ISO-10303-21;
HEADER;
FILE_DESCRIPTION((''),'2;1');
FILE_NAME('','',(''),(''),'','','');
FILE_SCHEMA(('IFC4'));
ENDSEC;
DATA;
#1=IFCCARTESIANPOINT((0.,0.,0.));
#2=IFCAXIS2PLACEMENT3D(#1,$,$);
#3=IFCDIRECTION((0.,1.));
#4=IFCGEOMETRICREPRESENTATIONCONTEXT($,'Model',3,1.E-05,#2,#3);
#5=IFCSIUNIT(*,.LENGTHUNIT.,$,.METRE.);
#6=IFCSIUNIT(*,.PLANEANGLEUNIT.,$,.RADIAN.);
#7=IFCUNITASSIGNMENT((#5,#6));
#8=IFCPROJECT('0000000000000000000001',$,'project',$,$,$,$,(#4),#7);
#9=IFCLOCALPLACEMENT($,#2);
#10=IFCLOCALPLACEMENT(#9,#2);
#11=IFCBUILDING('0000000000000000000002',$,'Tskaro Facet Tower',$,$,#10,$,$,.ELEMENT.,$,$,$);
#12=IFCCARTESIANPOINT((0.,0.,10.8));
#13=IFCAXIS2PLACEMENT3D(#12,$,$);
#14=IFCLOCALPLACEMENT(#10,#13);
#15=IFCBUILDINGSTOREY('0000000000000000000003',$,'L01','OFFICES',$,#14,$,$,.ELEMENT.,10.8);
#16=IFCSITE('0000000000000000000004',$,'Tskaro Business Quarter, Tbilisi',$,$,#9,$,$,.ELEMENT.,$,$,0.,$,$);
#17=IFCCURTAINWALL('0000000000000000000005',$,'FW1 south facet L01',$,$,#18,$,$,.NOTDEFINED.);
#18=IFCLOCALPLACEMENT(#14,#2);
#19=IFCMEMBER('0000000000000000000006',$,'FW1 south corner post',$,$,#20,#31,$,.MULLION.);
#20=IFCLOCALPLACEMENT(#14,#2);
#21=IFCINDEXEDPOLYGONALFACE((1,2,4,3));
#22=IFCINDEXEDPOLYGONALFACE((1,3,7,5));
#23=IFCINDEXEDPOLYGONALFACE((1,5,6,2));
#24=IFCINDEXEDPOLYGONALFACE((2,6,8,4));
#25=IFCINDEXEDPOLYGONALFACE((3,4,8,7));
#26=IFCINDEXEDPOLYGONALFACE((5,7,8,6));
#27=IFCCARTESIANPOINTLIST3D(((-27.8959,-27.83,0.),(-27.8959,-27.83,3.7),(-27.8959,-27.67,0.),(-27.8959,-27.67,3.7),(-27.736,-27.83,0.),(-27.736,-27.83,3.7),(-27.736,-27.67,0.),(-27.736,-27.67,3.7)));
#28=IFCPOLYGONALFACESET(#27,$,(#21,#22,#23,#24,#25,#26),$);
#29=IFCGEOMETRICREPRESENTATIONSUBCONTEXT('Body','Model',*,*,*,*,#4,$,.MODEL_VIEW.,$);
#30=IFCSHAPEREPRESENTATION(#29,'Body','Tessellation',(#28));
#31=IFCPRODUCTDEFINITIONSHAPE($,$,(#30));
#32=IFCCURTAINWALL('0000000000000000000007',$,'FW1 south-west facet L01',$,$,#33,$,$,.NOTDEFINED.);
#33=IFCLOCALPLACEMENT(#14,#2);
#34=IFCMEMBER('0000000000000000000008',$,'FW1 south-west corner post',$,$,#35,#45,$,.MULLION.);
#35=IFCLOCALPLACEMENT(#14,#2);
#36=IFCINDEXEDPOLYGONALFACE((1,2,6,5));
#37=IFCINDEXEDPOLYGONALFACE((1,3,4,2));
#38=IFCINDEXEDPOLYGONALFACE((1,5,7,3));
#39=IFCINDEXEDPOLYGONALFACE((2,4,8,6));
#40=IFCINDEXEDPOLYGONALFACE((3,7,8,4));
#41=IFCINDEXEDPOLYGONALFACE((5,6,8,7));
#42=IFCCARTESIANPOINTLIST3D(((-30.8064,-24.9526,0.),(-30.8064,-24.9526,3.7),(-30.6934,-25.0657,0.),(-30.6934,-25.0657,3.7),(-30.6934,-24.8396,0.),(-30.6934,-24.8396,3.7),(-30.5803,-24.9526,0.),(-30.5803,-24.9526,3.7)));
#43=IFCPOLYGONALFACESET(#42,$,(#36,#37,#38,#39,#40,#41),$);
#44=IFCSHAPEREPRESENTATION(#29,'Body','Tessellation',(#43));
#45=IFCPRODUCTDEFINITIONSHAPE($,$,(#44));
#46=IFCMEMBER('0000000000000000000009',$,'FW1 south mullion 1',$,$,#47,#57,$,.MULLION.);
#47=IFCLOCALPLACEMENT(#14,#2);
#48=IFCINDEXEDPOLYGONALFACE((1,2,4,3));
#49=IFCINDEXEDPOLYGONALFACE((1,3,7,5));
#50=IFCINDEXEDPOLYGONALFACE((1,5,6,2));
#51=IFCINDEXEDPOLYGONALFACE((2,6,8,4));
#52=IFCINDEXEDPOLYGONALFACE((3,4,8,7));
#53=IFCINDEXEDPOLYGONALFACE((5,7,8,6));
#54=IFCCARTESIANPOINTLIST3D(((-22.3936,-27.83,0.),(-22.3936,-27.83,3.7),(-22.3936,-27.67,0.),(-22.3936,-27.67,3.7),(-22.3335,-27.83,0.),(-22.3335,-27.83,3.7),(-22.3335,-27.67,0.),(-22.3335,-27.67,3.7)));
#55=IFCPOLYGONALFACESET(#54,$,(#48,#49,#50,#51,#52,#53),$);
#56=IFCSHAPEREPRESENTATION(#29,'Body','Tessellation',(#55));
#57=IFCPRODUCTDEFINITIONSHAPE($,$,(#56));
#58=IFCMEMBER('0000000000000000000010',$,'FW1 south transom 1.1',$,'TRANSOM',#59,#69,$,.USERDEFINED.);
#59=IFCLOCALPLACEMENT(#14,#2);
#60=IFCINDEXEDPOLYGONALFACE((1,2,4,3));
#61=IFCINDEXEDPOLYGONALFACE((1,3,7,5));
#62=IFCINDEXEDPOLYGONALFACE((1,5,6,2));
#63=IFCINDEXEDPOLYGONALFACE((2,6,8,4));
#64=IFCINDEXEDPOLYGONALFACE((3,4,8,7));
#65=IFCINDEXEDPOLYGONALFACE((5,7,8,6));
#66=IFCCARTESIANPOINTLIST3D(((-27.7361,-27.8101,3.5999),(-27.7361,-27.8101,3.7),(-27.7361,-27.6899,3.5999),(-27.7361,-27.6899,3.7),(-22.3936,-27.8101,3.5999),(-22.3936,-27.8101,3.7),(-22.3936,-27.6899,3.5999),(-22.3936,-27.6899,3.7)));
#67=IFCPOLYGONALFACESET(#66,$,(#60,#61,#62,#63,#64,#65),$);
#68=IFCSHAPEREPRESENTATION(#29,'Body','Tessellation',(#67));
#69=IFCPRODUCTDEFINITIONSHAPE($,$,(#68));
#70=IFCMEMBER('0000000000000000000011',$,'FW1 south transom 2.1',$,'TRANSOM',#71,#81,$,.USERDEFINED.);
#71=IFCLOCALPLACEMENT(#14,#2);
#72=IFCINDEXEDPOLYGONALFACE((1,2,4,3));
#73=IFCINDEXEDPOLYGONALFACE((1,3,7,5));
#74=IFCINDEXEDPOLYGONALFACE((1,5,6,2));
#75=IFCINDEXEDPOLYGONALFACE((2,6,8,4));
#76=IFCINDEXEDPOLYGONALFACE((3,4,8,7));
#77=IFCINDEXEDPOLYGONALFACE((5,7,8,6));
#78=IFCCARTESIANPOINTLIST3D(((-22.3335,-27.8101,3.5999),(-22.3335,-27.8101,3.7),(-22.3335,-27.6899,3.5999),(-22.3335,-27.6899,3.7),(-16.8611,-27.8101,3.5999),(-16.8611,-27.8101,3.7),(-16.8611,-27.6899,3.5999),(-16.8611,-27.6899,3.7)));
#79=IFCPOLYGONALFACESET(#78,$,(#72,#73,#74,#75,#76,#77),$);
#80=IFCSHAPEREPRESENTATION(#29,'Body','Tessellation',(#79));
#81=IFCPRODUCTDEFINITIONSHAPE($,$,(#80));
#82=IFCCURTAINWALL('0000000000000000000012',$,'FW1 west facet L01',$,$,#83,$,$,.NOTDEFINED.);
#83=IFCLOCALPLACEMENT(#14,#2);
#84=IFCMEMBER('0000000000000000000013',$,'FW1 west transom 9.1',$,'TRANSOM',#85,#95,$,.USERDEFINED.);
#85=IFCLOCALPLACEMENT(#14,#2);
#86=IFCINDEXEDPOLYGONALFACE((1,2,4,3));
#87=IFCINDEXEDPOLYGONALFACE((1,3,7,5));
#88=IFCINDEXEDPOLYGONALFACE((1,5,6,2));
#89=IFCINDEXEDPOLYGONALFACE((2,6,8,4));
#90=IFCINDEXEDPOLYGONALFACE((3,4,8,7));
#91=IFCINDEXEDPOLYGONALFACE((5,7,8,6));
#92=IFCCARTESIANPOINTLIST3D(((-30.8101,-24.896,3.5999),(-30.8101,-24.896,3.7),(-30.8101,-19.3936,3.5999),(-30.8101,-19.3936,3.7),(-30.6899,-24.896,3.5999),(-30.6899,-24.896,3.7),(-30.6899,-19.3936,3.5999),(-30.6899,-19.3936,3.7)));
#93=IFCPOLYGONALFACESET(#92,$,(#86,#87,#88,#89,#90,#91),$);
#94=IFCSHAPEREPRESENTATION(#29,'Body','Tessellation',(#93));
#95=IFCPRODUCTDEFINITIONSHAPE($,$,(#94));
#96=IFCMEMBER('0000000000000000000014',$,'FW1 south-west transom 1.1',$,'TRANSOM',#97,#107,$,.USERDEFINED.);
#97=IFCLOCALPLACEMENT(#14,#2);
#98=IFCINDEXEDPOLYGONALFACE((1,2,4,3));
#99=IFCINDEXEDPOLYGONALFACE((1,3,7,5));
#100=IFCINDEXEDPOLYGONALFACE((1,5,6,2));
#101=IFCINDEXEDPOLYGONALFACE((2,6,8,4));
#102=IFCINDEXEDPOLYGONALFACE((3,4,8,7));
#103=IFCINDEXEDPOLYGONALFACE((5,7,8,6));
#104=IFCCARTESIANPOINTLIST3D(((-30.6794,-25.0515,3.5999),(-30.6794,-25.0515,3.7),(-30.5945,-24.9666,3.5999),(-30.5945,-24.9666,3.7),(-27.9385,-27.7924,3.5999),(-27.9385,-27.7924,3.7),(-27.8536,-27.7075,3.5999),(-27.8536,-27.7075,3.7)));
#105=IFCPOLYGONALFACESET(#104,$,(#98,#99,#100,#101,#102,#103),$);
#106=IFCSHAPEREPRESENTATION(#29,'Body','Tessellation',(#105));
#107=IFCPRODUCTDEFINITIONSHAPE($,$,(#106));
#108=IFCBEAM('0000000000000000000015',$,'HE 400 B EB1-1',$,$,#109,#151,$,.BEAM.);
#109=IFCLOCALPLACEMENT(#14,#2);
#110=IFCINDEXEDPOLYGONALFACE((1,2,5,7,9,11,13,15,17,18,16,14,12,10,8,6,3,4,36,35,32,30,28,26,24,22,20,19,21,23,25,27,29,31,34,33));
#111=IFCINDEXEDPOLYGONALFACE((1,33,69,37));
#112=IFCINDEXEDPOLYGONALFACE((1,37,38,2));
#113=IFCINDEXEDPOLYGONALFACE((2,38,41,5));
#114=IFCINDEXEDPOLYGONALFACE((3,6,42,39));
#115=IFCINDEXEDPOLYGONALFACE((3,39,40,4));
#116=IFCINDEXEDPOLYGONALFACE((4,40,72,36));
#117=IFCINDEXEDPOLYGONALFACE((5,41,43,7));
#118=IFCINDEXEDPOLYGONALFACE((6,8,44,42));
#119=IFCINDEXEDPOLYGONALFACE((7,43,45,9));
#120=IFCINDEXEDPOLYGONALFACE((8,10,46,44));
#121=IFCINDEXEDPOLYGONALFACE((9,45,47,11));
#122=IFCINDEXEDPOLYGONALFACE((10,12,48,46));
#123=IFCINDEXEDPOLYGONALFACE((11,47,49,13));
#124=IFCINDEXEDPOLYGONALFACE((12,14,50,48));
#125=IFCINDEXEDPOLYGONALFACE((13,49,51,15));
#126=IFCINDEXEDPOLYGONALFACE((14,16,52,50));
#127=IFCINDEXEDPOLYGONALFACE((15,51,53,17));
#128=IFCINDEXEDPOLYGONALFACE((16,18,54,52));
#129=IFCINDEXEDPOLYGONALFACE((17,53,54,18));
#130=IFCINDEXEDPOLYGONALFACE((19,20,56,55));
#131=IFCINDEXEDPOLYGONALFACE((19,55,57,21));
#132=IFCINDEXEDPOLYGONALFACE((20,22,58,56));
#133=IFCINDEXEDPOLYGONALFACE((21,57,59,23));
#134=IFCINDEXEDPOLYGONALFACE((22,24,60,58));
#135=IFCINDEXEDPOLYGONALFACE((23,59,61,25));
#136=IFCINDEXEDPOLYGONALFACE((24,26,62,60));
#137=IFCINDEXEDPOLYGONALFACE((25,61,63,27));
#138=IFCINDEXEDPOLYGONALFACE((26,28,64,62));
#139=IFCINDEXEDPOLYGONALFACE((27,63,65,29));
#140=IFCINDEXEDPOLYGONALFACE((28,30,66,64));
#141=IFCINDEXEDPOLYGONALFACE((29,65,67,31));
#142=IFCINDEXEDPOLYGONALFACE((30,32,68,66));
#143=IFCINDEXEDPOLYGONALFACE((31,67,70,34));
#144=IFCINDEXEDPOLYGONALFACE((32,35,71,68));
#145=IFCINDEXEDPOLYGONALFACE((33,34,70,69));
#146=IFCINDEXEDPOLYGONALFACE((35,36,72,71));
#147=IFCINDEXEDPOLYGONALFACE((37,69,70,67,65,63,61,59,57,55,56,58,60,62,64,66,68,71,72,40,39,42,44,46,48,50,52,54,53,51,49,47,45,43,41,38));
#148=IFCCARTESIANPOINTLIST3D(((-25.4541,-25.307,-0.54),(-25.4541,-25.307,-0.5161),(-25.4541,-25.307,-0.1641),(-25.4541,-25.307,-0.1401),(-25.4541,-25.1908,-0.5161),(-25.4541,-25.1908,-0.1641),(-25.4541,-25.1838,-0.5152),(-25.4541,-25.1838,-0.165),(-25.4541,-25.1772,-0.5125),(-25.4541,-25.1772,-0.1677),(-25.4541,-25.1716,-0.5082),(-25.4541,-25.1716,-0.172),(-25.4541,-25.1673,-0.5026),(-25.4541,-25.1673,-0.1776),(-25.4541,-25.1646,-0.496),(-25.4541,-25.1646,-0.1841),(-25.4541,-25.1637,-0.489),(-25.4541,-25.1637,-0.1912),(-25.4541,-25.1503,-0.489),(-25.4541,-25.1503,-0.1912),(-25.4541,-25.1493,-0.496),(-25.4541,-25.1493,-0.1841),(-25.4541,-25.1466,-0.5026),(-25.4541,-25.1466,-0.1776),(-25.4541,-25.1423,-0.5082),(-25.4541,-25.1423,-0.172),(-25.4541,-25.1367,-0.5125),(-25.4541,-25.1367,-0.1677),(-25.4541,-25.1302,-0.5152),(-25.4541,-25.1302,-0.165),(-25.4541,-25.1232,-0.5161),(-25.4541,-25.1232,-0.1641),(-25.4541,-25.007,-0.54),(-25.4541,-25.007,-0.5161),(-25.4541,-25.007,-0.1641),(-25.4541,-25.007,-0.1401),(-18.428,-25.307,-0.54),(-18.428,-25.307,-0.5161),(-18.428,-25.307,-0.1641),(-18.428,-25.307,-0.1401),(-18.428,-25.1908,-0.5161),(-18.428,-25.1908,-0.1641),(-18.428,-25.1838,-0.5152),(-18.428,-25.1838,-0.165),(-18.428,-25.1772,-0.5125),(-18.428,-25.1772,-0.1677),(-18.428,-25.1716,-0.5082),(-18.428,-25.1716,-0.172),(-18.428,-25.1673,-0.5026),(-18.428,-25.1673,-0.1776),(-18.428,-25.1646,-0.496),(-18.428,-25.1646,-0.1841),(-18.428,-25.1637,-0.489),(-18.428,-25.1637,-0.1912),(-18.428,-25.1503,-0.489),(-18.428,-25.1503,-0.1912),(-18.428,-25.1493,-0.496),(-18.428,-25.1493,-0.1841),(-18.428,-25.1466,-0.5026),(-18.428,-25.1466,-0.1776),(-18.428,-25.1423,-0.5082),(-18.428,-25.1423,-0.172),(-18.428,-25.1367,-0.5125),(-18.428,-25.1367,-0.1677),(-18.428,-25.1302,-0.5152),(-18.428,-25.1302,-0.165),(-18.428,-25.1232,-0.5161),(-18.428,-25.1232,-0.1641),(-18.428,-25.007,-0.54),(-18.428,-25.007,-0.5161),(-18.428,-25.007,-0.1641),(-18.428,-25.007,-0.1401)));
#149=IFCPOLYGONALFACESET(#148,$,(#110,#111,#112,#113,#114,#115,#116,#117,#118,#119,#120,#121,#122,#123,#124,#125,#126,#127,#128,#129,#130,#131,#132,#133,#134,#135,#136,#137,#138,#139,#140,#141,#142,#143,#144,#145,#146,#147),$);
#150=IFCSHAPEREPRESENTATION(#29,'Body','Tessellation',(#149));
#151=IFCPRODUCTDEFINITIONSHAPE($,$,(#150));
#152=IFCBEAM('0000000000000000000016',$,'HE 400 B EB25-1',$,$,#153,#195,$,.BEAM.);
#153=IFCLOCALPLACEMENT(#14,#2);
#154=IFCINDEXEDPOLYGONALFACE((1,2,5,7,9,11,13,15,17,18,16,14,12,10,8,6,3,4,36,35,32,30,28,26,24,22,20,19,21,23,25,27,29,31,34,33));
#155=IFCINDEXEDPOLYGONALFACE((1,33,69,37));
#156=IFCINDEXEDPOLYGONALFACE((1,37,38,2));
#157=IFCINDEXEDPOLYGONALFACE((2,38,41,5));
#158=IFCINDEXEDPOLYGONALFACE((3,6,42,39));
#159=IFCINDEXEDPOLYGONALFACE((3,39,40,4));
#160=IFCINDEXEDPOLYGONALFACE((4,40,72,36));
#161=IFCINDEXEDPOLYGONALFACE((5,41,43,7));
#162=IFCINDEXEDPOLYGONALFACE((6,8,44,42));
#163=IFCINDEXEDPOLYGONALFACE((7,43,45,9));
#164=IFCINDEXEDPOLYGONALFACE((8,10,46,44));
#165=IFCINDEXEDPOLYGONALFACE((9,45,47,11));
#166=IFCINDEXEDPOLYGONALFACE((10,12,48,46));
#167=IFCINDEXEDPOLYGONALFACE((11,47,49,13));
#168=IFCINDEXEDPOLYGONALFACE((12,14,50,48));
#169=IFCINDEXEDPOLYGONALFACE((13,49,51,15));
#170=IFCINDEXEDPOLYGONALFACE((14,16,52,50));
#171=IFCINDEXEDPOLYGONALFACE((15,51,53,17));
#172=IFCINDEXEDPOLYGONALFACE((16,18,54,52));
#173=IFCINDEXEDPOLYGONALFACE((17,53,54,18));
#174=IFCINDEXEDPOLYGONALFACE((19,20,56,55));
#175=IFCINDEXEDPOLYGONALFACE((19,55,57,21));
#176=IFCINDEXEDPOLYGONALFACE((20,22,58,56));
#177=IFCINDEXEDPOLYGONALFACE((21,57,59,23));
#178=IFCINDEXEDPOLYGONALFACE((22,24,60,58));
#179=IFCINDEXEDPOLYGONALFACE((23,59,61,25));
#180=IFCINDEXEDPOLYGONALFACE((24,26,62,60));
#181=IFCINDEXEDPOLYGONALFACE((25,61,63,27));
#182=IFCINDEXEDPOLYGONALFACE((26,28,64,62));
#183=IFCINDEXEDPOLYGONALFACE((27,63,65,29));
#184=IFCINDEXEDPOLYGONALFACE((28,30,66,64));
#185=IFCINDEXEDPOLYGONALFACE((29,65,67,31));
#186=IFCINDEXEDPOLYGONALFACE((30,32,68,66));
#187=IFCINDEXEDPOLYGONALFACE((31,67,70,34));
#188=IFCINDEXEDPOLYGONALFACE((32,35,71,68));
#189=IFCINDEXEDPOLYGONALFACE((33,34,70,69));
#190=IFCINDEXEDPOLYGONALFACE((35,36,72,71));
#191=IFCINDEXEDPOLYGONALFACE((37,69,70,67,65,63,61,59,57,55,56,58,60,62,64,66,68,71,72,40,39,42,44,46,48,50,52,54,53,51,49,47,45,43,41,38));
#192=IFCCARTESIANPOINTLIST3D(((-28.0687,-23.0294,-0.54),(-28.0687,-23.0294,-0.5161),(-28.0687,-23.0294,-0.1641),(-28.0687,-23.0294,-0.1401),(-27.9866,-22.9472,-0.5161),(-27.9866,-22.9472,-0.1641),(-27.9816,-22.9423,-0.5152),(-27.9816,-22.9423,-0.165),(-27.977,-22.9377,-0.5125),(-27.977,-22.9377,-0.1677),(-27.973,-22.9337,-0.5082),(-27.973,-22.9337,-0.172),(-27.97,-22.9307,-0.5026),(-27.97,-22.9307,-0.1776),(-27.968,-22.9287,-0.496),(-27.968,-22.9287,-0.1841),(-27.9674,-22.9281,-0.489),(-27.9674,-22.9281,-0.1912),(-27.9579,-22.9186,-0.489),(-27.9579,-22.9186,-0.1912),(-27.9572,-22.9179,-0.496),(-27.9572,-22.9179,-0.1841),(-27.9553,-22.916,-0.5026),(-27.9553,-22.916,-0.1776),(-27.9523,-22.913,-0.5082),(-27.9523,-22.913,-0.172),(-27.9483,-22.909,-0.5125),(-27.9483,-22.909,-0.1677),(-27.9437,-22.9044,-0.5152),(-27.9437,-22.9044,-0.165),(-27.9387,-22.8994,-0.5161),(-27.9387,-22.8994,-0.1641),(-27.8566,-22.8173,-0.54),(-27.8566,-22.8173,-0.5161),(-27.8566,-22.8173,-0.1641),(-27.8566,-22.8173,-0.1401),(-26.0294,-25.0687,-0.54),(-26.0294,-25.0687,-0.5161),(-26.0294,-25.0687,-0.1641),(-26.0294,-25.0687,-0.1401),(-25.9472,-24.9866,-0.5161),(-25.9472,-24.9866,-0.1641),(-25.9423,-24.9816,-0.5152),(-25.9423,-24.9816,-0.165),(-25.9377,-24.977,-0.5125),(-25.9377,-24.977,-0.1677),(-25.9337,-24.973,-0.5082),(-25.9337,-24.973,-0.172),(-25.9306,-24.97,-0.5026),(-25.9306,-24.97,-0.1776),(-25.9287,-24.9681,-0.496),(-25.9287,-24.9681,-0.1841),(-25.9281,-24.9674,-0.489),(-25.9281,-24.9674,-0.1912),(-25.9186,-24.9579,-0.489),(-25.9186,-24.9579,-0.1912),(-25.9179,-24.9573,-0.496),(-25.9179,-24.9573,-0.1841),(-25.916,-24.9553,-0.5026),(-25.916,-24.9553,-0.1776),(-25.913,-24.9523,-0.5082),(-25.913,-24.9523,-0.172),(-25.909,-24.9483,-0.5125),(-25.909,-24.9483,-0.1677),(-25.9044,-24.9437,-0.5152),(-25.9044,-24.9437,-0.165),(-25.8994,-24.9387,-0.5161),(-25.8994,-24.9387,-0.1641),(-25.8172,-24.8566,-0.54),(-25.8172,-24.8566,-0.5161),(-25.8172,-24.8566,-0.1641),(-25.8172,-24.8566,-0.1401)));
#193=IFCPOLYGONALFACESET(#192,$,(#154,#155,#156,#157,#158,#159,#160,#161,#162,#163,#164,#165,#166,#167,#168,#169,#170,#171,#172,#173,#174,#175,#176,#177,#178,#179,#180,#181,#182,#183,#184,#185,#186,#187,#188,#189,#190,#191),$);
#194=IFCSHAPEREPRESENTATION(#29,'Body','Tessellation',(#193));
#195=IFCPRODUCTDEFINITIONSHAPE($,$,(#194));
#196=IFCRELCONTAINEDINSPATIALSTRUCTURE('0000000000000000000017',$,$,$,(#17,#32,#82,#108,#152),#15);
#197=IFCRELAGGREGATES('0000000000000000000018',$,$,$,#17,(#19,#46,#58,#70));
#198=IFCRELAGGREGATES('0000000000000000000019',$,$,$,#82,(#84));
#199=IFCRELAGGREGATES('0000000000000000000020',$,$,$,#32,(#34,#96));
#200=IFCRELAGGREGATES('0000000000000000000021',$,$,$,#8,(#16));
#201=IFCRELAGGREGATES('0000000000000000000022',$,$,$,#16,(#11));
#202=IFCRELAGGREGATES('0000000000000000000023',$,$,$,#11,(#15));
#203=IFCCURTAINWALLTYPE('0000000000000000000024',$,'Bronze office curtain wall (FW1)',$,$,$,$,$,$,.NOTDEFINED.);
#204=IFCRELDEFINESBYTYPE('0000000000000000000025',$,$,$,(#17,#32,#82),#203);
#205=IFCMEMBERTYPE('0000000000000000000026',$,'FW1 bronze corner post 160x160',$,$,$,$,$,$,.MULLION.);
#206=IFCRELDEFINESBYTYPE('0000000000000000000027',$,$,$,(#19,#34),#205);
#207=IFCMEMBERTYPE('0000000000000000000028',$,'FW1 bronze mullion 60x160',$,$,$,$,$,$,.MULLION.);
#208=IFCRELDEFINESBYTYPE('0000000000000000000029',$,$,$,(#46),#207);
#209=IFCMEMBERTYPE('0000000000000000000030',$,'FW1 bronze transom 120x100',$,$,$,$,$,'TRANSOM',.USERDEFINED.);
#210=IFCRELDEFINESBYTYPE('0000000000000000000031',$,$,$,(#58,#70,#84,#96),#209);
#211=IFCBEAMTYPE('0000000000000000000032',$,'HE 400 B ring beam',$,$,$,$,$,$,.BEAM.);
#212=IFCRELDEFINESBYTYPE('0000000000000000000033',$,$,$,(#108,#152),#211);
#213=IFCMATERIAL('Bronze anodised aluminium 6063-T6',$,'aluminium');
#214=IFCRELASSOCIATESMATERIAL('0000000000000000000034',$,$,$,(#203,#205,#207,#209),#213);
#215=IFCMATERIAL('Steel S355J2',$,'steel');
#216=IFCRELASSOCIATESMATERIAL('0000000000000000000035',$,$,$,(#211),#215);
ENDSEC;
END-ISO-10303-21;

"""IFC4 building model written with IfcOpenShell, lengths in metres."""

from ifc_helpers import new_model, si_unit, direction, frame, origin, origin_2d, place, context, subcontext, project, spatial, rectangle, i_section, extrude, material, material_profile, profile_set, type_object, element, aggregate, save


model = new_model("IFC4")

# Units and contexts
model_context = context("Model", 3, precision=1e-05, world=origin(), true_north=direction((0.0, 1.0)))
body_context = subcontext(model_context, "Body", "Model", "MODEL_VIEW")
ifc_project = project(units=[si_unit("LENGTHUNIT", "METRE"), si_unit("PLANEANGLEUNIT", "RADIAN")], contexts=[model_context])

# Site, building, storey
site_placement = place(None, origin())
site = spatial("IfcSite", under=ifc_project, at=site_placement, Name="Tskaro Business Quarter, Tbilisi", CompositionType="ELEMENT", RefElevation=0.0)
building_placement = place(site_placement, origin())
building = spatial("IfcBuilding", under=site, at=building_placement, Name="Tskaro Facet Tower", CompositionType="ELEMENT")
storey_placement = place(building_placement, frame((0.0, 0.0, 10.8)))
storey = spatial("IfcBuildingStorey", under=building, at=storey_placement, Name="L01", Description="OFFICES", CompositionType="ELEMENT", Elevation=10.8)

# Curtain walls, members
ifc_material_1 = material(Name="Bronze anodised aluminium 6063-T6", Category="aluminium")
curtain_wall_type = type_object("IfcCurtainWallType", Name="Bronze office curtain wall (FW1)", PredefinedType="NOTDEFINED", material=ifc_material_1)
curtain_wall_1_placement = place(storey_placement, origin())
curtain_wall_1 = element("IfcCurtainWall", 1, at=curtain_wall_1_placement, inside=storey, type_object=curtain_wall_type, Name="FW1 south facet L01", PredefinedType="NOTDEFINED")
ifc_material_profile_1 = material_profile(ifc_material_1, rectangle(XDim=0.1599, YDim=0.1599, at=origin_2d()), Name="Corner post 160x160")
ifc_profile_set_1 = profile_set([ifc_material_profile_1], Name="Bronze anodised aluminium 6063-T6")
member_type_1 = type_object("IfcMemberType", Name="FW1 bronze corner post 160x160", PredefinedType="MULLION", material=ifc_profile_set_1)
member_1_placement = place(storey_placement, frame((-27.8159, -27.75, 0.0), z_axis=(0.0, 0.0, 1.0), x_axis=(1.0, 0.0, 0.0)))
member_1 = element("IfcMember", 2, at=member_1_placement, type_object=member_type_1, Name="FW1 south corner post", PredefinedType="MULLION", context=body_context, shape_type="SweptSolid", body=[
    extrude(rectangle(XDim=0.1599, YDim=0.1599, at=origin_2d()), origin(), (0.0, 0.0, 1.0), 3.7),
])
curtain_wall_2_placement = place(storey_placement, origin())
curtain_wall_2 = element("IfcCurtainWall", 3, at=curtain_wall_2_placement, inside=storey, type_object=curtain_wall_type, Name="FW1 south-west facet L01", PredefinedType="NOTDEFINED")
member_2_placement = place(storey_placement, frame((-30.6934, -24.9526, 0.0), z_axis=(0.0, 0.0, 1.0), x_axis=(0.707107, -0.707107, 0.0)))
member_2 = element("IfcMember", 4, at=member_2_placement, type_object=member_type_1, Name="FW1 south-west corner post", PredefinedType="MULLION", context=body_context, shape_type="SweptSolid", body=[
    extrude(rectangle(XDim=0.1599, YDim=0.1599, at=origin_2d()), origin(), (0.0, 0.0, 1.0), 3.7),
])

# Members
ifc_material_profile_2 = material_profile(ifc_material_1, rectangle(XDim=0.0601, YDim=0.1599, at=origin_2d()), Name="Mullion 60x160")
ifc_profile_set_2 = profile_set([ifc_material_profile_2], Name="Bronze anodised aluminium 6063-T6")
member_type_2 = type_object("IfcMemberType", Name="FW1 bronze mullion 60x160", PredefinedType="MULLION", material=ifc_profile_set_2)
member_3_placement = place(storey_placement, frame((-22.3635, -27.75, 0.0), z_axis=(0.0, 0.0, 1.0), x_axis=(1.0, 0.0, 0.0)))
member_3 = element("IfcMember", 5, at=member_3_placement, type_object=member_type_2, Name="FW1 south mullion 1", PredefinedType="MULLION", context=body_context, shape_type="SweptSolid", body=[
    extrude(rectangle(XDim=0.0601, YDim=0.1599, at=origin_2d()), origin(), (0.0, 0.0, 1.0), 3.7),
])
ifc_material_profile_3 = material_profile(ifc_material_1, rectangle(XDim=0.1201, YDim=0.1001, at=origin_2d()), Name="Transom 120x100")
ifc_profile_set_3 = profile_set([ifc_material_profile_3], Name="Bronze anodised aluminium 6063-T6")
member_type_3 = type_object("IfcMemberType", Name="FW1 bronze transom 120x100", ElementType="TRANSOM", PredefinedType="USERDEFINED", material=ifc_profile_set_3)
member_4_placement = place(storey_placement, frame((-27.7361, -27.75, 3.6499), z_axis=(1.0, 0.0, 0.0), x_axis=(0.0, 1.0, 0.0)))
member_4 = element("IfcMember", 6, at=member_4_placement, type_object=member_type_3, Name="FW1 south transom 1.1", ObjectType="TRANSOM", PredefinedType="USERDEFINED", context=body_context, shape_type="SweptSolid", body=[
    extrude(rectangle(XDim=0.1201, YDim=0.1001, at=origin_2d()), origin(), (0.0, 0.0, 1.0), 5.3425),
])
member_5_placement = place(storey_placement, frame((-22.3335, -27.75, 3.6499), z_axis=(1.0, 0.0, 0.0), x_axis=(0.0, 1.0, 0.0)))
member_5 = element("IfcMember", 7, at=member_5_placement, type_object=member_type_3, Name="FW1 south transom 2.1", ObjectType="TRANSOM", PredefinedType="USERDEFINED", context=body_context, shape_type="SweptSolid", body=[
    extrude(rectangle(XDim=0.1201, YDim=0.1001, at=origin_2d()), origin(), (0.0, 0.0, 1.0), 5.4724),
])

# Curtain wall, member
curtain_wall_3_placement = place(storey_placement, origin())
curtain_wall_3 = element("IfcCurtainWall", 8, at=curtain_wall_3_placement, inside=storey, type_object=curtain_wall_type, Name="FW1 west facet L01", PredefinedType="NOTDEFINED")
member_6_placement = place(storey_placement, frame((-30.75, -19.3936, 3.6499), z_axis=(0.0, -1.0, 0.0), x_axis=(1.0, 0.0, 0.0)))
member_6 = element("IfcMember", 9, at=member_6_placement, type_object=member_type_3, Name="FW1 west transom 9.1", ObjectType="TRANSOM", PredefinedType="USERDEFINED", context=body_context, shape_type="SweptSolid", body=[
    extrude(rectangle(XDim=0.1201, YDim=0.1001, at=origin_2d()), origin(), (0.0, 0.0, 1.0), 5.5024),
])

# Member
member_7_placement = place(storey_placement, frame((-30.637, -25.009, 3.6499), z_axis=(0.707107, -0.707107, 0.0), x_axis=(0.707107, 0.707107, 0.0)))
member_7 = element("IfcMember", 10, at=member_7_placement, type_object=member_type_3, Name="FW1 south-west transom 1.1", ObjectType="TRANSOM", PredefinedType="USERDEFINED", context=body_context, shape_type="SweptSolid", body=[
    extrude(rectangle(XDim=0.1201, YDim=0.1001, at=origin_2d()), origin(), (0.0, 0.0, 1.0), 3.8762),
])

# Beams
ifc_material_2 = material(Name="Steel S355J2", Category="steel")
ifc_material_profile_4 = material_profile(ifc_material_2, i_section(OverallWidth=0.3, OverallDepth=0.3999, WebThickness=0.0134, FlangeThickness=0.0239, FilletRadius=0.0271, at=origin_2d()), Name="HE 400 B")
ifc_profile_set_4 = profile_set([ifc_material_profile_4], Name="Steel S355J2")
beam_type_1 = type_object("IfcBeamType", Name="HE 400 B ring beam", PredefinedType="BEAM", material=ifc_profile_set_4)
beam_1_placement = place(storey_placement, frame((-25.4541, -25.157, -0.3401), z_axis=(1.0, 0.0, 0.0), x_axis=(0.0, 1.0, 0.0)))
element("IfcBeam", 11, at=beam_1_placement, inside=storey, type_object=beam_type_1, Name="HE 400 B EB1-1", PredefinedType="BEAM", context=body_context, shape_type="SweptSolid", body=[
    extrude(i_section(OverallWidth=0.3, OverallDepth=0.3999, WebThickness=0.0134, FlangeThickness=0.0239, FilletRadius=0.0271, at=origin_2d()), origin(), (0.0, 0.0, 1.0), 7.0261),
])
beam_2_placement = place(storey_placement, frame((-27.9626, -22.9233, -0.3401), z_axis=(0.707107, -0.707107, 0.0), x_axis=(0.707107, 0.707107, 0.0)))
element("IfcBeam", 12, at=beam_2_placement, inside=storey, type_object=beam_type_1, Name="HE 400 B EB25-1", PredefinedType="BEAM", context=body_context, shape_type="SweptSolid", body=[
    extrude(i_section(OverallWidth=0.3, OverallDepth=0.3999, WebThickness=0.0134, FlangeThickness=0.0239, FilletRadius=0.0271, at=origin_2d()), origin(), (0.0, 0.0, 1.0), 2.884),
])

aggregate(curtain_wall_1, [member_1, member_3, member_4, member_5])
aggregate(curtain_wall_3, [member_6])
aggregate(curtain_wall_2, [member_2, member_7])

save(model, "model.ifc")
